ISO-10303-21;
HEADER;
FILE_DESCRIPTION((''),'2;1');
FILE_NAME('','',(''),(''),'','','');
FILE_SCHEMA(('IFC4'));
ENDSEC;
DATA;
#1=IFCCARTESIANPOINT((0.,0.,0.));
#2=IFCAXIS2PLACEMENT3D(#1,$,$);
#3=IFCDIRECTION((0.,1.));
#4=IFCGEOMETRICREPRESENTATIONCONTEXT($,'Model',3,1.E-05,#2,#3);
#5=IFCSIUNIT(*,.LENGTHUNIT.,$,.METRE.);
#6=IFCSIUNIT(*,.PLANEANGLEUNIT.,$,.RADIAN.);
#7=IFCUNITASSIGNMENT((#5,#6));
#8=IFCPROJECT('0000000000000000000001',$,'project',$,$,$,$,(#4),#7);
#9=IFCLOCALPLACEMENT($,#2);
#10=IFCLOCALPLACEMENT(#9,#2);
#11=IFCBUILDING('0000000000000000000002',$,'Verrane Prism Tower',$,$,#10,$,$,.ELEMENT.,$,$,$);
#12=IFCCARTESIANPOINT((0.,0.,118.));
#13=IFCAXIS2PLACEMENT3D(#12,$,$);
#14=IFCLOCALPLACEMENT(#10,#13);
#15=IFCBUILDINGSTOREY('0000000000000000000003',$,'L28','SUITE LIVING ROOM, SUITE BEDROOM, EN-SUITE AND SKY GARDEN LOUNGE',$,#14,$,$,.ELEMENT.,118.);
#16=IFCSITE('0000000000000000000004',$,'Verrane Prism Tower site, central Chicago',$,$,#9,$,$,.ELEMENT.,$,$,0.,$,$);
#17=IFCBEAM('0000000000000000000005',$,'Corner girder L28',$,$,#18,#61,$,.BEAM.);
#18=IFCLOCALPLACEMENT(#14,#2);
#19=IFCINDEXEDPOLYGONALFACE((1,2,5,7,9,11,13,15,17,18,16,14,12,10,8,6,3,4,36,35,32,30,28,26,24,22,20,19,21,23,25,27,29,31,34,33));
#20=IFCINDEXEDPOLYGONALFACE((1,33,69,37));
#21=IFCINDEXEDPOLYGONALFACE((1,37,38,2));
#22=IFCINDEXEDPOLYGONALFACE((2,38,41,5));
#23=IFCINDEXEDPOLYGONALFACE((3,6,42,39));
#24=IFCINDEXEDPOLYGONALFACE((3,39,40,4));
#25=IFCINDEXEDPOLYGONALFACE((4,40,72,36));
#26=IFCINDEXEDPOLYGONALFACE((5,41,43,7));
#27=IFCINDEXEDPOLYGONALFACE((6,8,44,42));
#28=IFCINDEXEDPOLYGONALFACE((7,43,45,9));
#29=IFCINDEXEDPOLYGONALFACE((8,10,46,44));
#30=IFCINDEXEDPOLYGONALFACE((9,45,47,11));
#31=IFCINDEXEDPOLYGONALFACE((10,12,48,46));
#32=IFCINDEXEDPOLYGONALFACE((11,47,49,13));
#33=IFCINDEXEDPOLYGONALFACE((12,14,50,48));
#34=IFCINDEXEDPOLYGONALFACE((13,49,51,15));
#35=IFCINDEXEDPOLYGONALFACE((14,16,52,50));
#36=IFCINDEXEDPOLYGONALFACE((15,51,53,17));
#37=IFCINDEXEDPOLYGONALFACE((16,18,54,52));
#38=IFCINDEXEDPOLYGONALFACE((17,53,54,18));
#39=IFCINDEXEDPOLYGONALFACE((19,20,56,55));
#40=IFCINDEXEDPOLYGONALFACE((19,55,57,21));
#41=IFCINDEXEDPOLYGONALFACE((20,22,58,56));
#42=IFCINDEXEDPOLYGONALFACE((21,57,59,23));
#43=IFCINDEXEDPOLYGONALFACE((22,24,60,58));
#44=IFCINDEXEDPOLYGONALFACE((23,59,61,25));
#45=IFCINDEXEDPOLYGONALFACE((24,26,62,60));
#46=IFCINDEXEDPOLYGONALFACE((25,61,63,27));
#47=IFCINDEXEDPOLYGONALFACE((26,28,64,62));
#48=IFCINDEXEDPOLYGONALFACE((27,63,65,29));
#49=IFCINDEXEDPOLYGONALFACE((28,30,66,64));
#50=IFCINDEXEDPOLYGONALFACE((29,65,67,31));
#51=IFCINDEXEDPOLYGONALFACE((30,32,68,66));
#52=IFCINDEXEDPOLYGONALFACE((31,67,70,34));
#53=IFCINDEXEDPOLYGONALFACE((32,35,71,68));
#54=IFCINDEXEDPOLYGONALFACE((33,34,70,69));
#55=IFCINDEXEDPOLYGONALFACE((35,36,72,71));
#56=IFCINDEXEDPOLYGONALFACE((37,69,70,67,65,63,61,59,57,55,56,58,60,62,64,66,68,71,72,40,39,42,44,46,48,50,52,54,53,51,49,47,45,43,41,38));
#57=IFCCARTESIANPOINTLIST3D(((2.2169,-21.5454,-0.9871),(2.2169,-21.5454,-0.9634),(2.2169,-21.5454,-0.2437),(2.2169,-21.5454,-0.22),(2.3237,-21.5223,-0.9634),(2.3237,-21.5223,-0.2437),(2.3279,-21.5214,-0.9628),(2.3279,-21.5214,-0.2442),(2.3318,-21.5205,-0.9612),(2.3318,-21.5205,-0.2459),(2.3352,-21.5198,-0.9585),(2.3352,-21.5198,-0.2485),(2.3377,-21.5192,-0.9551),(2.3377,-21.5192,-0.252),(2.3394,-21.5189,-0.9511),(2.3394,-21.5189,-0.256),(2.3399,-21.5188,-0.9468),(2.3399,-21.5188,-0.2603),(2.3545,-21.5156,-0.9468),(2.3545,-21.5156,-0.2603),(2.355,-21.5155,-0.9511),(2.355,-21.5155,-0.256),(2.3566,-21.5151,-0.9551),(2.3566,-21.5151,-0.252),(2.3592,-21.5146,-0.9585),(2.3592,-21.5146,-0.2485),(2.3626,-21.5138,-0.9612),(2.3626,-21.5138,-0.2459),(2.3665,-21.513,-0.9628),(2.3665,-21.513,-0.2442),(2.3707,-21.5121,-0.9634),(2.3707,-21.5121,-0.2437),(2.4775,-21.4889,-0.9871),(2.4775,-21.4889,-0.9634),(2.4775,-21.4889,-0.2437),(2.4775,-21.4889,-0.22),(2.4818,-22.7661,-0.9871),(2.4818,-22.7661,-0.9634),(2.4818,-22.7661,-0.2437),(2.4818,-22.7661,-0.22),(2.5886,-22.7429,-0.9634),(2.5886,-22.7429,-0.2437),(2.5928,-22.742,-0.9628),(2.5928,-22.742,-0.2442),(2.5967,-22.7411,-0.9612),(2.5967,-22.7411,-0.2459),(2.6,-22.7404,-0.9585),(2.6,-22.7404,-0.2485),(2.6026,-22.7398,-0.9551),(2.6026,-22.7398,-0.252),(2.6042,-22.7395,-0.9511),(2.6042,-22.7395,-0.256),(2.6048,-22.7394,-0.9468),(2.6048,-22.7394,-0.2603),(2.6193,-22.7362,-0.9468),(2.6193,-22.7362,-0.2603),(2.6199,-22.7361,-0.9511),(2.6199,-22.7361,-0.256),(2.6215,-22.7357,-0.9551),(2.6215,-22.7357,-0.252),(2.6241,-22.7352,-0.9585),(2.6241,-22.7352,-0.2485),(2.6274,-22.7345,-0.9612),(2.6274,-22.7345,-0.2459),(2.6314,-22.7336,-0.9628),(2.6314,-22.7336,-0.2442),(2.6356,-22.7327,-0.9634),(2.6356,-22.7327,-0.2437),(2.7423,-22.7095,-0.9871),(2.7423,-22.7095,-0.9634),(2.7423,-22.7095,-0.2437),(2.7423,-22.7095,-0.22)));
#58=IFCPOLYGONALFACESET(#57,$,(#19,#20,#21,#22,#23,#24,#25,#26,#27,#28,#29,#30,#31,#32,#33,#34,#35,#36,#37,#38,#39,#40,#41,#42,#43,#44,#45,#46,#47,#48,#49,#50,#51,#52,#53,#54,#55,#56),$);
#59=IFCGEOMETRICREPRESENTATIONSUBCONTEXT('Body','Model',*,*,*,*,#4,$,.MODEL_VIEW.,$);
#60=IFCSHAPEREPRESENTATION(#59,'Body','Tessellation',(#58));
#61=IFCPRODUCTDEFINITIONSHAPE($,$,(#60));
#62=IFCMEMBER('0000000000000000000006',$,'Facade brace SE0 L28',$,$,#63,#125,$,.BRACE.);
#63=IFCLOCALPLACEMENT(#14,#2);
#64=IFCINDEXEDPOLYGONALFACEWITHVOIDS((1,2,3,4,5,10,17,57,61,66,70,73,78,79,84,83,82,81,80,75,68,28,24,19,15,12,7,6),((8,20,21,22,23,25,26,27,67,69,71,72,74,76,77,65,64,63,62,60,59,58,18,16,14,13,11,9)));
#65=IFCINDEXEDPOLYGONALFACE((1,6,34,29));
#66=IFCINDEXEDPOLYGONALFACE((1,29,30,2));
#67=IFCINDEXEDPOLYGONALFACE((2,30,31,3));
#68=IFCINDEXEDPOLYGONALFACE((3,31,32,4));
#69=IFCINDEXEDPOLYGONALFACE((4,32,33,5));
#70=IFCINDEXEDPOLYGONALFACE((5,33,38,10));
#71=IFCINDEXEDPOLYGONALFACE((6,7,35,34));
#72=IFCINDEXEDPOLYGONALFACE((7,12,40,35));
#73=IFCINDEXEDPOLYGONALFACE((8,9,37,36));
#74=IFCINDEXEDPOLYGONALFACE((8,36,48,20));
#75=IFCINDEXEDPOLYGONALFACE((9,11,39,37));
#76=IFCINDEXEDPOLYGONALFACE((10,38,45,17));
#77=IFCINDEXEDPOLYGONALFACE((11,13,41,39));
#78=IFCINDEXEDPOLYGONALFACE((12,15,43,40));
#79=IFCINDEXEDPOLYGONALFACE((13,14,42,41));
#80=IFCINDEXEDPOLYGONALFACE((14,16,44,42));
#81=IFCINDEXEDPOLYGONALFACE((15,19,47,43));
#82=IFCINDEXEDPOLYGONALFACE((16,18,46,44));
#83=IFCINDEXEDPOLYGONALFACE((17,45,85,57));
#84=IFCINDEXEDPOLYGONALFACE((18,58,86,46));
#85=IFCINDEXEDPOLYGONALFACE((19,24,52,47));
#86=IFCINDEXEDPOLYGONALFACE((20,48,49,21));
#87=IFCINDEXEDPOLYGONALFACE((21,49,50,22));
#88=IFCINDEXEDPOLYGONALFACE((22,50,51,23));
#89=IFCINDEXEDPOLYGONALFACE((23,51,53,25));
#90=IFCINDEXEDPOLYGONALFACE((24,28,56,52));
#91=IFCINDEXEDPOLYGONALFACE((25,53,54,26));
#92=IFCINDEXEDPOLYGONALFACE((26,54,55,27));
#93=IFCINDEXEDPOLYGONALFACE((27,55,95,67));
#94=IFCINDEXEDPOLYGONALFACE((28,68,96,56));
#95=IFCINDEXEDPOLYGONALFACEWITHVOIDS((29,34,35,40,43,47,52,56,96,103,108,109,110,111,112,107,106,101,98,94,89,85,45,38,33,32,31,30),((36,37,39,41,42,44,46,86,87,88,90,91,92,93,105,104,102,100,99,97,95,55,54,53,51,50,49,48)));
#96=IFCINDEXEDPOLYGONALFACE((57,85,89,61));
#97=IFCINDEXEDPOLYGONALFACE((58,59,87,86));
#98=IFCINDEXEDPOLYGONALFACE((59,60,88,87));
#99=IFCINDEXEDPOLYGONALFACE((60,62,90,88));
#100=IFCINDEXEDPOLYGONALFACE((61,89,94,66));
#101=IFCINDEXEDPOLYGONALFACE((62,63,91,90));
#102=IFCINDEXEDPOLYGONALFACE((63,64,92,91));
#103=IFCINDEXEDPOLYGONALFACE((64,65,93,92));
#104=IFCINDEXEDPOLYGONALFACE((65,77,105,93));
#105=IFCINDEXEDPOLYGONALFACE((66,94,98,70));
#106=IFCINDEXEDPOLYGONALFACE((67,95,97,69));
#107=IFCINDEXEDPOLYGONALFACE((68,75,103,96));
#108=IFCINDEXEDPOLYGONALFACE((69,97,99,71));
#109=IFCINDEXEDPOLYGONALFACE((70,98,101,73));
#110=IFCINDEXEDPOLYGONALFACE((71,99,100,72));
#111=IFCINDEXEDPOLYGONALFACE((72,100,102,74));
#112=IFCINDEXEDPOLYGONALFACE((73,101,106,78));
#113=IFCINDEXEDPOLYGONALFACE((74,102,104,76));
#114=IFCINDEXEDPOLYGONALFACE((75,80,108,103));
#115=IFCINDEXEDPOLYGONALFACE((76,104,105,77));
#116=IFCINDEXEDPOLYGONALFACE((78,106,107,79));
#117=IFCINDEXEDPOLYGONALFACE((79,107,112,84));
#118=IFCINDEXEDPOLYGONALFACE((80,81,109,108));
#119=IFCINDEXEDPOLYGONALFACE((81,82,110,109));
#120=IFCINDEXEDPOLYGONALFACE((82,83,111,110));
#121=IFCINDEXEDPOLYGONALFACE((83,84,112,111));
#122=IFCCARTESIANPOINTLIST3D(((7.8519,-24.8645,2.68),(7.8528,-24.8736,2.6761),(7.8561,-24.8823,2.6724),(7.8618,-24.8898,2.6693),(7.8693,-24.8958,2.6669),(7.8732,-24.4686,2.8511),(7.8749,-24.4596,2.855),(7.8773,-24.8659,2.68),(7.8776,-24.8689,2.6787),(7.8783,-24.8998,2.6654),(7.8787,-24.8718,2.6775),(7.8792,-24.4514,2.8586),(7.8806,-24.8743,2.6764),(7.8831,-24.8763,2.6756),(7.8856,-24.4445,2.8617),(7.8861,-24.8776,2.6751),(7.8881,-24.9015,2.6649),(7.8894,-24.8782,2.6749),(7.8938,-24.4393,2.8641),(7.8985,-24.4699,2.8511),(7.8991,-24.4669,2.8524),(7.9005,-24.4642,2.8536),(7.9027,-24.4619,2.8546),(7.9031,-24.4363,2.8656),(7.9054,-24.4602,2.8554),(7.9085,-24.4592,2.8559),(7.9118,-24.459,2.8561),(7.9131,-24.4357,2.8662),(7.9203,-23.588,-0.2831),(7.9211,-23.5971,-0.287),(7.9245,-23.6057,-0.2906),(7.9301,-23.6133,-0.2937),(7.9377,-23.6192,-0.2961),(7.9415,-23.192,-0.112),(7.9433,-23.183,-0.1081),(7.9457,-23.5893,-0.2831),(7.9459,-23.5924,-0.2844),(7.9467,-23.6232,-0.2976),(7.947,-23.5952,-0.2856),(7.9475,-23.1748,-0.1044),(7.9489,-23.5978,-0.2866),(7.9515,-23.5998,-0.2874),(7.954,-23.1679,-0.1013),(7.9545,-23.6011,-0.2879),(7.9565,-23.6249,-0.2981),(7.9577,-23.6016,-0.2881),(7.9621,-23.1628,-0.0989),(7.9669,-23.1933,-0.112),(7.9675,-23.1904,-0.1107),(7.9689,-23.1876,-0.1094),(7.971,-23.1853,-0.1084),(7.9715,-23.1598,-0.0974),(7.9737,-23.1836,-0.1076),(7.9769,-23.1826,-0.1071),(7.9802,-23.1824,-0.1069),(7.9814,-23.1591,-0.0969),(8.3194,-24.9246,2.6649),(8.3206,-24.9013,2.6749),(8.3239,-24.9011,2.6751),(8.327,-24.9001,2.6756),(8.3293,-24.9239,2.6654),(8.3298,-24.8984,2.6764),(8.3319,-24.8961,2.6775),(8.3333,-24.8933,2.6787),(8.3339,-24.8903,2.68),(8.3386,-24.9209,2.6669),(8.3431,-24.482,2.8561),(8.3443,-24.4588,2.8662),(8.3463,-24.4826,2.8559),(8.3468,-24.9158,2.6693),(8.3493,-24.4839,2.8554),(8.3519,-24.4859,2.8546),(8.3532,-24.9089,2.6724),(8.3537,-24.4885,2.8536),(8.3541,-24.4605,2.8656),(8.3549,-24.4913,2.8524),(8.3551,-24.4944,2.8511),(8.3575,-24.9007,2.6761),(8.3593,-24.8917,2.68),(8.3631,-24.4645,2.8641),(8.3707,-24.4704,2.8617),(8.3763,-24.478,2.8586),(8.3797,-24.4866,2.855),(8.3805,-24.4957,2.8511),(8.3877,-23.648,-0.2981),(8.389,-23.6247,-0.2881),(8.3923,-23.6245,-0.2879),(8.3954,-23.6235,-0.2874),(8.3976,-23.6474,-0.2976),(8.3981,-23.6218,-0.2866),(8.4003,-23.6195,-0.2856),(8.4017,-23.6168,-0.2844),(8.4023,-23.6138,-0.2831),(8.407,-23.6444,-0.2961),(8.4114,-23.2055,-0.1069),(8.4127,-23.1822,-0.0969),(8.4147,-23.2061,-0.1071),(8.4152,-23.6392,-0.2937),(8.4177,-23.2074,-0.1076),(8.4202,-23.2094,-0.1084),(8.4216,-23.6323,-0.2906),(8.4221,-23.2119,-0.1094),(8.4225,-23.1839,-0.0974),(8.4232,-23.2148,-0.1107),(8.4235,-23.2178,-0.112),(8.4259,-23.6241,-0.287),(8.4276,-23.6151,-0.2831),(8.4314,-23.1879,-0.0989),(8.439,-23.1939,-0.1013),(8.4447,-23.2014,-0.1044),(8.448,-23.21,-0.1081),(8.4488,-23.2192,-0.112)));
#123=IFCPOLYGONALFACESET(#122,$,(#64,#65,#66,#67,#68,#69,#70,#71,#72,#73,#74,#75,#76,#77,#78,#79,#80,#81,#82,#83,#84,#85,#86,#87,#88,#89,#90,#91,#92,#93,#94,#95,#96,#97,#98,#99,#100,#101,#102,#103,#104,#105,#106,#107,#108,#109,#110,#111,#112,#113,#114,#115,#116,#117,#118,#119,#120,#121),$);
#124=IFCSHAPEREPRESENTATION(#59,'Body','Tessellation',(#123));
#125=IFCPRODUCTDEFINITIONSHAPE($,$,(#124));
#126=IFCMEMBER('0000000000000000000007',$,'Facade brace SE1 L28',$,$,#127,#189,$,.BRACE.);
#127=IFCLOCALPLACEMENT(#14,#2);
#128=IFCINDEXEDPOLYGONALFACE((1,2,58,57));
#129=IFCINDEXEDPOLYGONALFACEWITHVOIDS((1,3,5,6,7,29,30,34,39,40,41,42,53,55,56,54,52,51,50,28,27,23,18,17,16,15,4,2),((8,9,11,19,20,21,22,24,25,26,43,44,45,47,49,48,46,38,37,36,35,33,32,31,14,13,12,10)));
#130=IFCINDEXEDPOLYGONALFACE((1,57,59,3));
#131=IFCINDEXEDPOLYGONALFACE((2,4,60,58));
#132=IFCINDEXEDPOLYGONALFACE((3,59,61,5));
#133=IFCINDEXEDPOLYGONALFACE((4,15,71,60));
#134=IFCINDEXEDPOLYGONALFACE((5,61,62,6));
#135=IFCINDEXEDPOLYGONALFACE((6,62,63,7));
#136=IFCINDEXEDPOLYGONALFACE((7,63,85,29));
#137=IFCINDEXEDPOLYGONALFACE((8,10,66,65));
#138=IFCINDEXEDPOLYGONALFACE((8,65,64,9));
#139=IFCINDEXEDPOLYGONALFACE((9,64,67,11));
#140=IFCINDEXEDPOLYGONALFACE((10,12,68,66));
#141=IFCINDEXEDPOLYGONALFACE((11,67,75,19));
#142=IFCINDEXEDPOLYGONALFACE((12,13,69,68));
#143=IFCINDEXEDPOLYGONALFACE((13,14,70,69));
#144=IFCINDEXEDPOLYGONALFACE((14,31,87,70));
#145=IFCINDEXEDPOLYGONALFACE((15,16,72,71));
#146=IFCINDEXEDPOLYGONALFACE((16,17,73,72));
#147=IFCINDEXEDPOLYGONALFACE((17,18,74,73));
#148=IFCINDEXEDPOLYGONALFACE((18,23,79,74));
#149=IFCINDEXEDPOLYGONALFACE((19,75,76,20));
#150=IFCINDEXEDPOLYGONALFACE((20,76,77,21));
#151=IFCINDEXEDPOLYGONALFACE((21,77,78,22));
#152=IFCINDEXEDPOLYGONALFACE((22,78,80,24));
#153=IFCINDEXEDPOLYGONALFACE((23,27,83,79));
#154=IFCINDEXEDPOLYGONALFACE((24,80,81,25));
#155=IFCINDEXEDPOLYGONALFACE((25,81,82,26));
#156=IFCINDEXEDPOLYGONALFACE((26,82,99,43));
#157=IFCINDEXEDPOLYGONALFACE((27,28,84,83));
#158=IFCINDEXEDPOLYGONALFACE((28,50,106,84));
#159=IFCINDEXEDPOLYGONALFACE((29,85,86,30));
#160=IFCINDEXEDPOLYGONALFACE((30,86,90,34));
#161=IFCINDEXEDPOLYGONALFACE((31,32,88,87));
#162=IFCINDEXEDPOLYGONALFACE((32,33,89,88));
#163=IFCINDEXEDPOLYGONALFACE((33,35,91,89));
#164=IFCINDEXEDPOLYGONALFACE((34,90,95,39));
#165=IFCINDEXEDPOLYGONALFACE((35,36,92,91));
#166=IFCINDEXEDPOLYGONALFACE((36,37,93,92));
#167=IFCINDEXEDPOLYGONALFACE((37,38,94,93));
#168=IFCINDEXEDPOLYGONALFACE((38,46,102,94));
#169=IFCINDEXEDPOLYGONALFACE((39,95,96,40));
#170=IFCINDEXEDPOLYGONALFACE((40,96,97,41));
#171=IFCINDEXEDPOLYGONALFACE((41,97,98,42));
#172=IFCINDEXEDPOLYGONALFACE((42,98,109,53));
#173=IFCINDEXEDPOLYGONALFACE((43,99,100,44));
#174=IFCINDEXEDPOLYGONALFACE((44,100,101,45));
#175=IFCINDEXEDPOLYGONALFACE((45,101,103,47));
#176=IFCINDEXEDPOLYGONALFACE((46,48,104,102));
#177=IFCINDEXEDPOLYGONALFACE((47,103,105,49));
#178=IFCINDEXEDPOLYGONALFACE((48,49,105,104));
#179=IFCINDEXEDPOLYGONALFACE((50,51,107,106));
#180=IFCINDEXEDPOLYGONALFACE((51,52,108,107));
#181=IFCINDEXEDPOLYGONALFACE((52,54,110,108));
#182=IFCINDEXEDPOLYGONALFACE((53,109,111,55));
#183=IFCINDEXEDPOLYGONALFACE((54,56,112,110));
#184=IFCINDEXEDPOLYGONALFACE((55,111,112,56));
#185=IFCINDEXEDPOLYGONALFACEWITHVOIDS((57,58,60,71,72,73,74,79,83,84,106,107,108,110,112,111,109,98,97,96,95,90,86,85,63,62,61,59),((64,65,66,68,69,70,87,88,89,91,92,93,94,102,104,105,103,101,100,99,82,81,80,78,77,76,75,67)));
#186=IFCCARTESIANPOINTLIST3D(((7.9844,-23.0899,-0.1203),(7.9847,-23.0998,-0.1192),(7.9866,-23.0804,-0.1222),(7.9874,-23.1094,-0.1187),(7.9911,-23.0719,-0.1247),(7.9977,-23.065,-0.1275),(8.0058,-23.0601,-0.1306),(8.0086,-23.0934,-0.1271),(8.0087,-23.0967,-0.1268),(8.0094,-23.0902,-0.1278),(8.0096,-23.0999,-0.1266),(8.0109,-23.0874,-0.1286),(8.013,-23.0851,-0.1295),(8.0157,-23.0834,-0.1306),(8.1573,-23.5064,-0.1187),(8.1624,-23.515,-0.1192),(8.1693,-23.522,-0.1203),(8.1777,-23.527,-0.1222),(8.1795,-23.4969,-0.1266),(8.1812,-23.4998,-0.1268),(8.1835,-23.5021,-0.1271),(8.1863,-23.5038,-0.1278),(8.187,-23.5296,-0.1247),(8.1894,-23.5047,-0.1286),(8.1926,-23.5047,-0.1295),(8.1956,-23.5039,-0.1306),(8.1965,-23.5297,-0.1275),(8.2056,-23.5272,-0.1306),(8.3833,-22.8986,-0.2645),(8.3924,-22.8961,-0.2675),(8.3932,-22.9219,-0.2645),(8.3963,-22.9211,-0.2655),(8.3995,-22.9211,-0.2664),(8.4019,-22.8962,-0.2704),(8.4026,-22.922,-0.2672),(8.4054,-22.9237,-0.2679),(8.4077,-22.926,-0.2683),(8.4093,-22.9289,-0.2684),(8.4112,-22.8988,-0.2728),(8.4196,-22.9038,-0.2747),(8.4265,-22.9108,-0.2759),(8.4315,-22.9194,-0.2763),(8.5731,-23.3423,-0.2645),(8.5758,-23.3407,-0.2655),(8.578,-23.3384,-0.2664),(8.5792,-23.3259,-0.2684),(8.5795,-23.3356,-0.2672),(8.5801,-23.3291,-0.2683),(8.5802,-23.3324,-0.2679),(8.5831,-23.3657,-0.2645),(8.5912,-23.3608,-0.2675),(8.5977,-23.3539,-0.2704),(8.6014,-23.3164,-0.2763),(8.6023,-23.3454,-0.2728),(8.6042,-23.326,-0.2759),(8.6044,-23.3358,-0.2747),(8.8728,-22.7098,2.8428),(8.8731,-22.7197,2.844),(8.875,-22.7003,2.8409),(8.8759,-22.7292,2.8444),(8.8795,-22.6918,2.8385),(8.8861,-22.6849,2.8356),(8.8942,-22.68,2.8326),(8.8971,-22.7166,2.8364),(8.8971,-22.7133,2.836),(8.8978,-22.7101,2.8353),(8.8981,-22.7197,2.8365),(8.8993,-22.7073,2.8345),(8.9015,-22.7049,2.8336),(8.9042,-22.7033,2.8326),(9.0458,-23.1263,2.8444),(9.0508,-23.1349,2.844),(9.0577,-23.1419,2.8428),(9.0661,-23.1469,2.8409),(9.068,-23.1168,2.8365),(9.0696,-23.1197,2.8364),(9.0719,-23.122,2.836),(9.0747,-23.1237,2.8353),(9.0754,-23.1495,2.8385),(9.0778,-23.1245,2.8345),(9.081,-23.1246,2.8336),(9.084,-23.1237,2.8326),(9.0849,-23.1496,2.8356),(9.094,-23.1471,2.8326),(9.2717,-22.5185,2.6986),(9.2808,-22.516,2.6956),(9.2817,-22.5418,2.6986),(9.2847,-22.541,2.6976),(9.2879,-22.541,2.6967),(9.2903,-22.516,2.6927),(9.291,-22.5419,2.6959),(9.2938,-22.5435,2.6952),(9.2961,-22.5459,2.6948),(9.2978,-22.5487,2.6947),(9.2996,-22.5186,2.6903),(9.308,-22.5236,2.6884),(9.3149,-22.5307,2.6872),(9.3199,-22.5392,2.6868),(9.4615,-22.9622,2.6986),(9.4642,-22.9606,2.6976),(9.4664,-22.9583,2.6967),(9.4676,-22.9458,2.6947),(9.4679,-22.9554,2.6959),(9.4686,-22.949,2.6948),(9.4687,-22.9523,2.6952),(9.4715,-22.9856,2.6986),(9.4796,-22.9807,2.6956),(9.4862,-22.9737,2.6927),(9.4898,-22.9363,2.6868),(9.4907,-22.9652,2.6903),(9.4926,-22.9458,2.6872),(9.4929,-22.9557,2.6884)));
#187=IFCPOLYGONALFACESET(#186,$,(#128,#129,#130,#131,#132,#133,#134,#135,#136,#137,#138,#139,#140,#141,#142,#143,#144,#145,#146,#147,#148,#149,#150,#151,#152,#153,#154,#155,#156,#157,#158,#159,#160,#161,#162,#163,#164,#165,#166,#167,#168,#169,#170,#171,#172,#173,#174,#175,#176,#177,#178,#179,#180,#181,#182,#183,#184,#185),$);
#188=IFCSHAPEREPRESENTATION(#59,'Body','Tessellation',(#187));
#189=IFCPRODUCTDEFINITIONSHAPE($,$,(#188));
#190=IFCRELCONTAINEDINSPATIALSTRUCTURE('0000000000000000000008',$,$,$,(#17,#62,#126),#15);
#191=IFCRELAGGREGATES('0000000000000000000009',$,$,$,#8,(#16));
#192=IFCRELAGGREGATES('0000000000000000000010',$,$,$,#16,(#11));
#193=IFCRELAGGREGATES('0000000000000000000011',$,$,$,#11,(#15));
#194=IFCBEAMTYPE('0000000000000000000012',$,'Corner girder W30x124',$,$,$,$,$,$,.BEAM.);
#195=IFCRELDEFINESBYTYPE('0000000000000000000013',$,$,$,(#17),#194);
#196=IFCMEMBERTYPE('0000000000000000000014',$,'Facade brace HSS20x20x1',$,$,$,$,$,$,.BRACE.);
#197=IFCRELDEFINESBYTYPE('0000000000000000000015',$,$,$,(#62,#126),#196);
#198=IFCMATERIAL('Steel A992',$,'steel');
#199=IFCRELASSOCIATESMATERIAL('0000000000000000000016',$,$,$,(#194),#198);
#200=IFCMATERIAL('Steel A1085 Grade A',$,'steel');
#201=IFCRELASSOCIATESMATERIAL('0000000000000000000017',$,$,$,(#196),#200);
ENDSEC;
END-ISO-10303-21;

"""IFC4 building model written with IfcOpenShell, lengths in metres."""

from ifc_helpers import new_model, si_unit, direction, frame, origin, origin_2d, place, context, subcontext, project, spatial, hollow_rectangle, i_section, extrude, material, material_profile, profile_set, type_object, element, save


model = new_model("IFC4")

# Units and contexts
model_context = context("Model", 3, precision=1e-05, world=origin(), true_north=direction((0.0, 1.0)))
body_context = subcontext(model_context, "Body", "Model", "MODEL_VIEW")
ifc_project = project(units=[si_unit("LENGTHUNIT", "METRE"), si_unit("PLANEANGLEUNIT", "RADIAN")], contexts=[model_context])

# Site, building, storey
site_placement = place(None, origin())
site = spatial("IfcSite", under=ifc_project, at=site_placement, Name="Verrane Prism Tower site, central Chicago", CompositionType="ELEMENT", RefElevation=0.0)
building_placement = place(site_placement, origin())
building = spatial("IfcBuilding", under=site, at=building_placement, Name="Verrane Prism Tower", CompositionType="ELEMENT")
storey_placement = place(building_placement, frame((0.0, 0.0, 118.0)))
storey = spatial("IfcBuildingStorey", under=building, at=storey_placement, Name="L28", Description="SUITE LIVING ROOM, SUITE BEDROOM, EN-SUITE AND SKY GARDEN LOUNGE", CompositionType="ELEMENT", Elevation=118.0)

# Beam
ifc_material_1 = material(Name="Steel A992", Category="steel")
ifc_material_profile_1 = material_profile(ifc_material_1, i_section(OverallWidth=0.2666, OverallDepth=0.7671, WebThickness=0.0149, FlangeThickness=0.0237, FilletRadius=0.0166, at=origin_2d()), Name="W30x124")
ifc_profile_set_1 = profile_set([ifc_material_profile_1], Name="Steel A992")
beam_type_1 = type_object("IfcBeamType", Name="Corner girder W30x124", PredefinedType="BEAM", material=ifc_profile_set_1)
beam_1_placement = place(storey_placement, frame((2.6121, -22.7378, -0.6035), z_axis=(-0.212064, 0.977256, 0.0), x_axis=(-0.977256, -0.212064, 0.0)))
element("IfcBeam", 1, at=beam_1_placement, inside=storey, type_object=beam_type_1, Name="Corner girder L28", PredefinedType="BEAM", context=body_context, shape_type="SweptSolid", body=[
    extrude(i_section(OverallWidth=0.2666, OverallDepth=0.7671, WebThickness=0.0149, FlangeThickness=0.0237, FilletRadius=0.0166, at=origin_2d()), origin(), (0.0, 0.0, 1.0), 1.249),
])

# Members
ifc_material_2 = material(Name="Steel A1085 Grade A", Category="steel")
ifc_material_profile_2 = material_profile(ifc_material_2, hollow_rectangle(XDim=0.5081, YDim=0.5081, WallThickness=0.0254, InnerFilletRadius=0.0127, OuterFilletRadius=0.0381, at=origin_2d()), Name="HSS20x20x1")
ifc_profile_set_2 = profile_set([ifc_material_profile_2], Name="Steel A1085 Grade A")
member_type_1 = type_object("IfcMemberType", Name="Facade brace HSS20x20x1", PredefinedType="BRACE", material=ifc_profile_set_2)
member_1_placement = place(storey_placement, frame((8.1846, -23.4036, -0.1975), z_axis=(-0.021183, -0.395583, 0.918186), x_axis=(0.998569, -0.053471, 0.0)))
element("IfcMember", 2, at=member_1_placement, inside=storey, type_object=member_type_1, Name="Facade brace SE0 L28", PredefinedType="BRACE", context=body_context, shape_type="SweptSolid", body=[
    extrude(hollow_rectangle(XDim=0.5081, YDim=0.5081, WallThickness=0.0254, InnerFilletRadius=0.0127, OuterFilletRadius=0.0381, at=origin_2d()), origin(), (0.0, 0.0, 1.0), 3.2271),
])
member_2_placement = place(storey_placement, frame((8.2944, -23.2129, -0.1975), z_axis=(0.285052, 0.121964, 0.950721), x_axis=(-0.39337, 0.91938, 0.0)))
element("IfcMember", 3, at=member_2_placement, inside=storey, type_object=member_type_1, Name="Facade brace SE1 L28", PredefinedType="BRACE", context=body_context, shape_type="SweptSolid", body=[
    extrude(hollow_rectangle(XDim=0.5081, YDim=0.5081, WallThickness=0.0254, InnerFilletRadius=0.0127, OuterFilletRadius=0.0381, at=origin_2d()), origin(), (0.0, 0.0, 1.0), 3.1167),
])

save(model, "model.ifc")
